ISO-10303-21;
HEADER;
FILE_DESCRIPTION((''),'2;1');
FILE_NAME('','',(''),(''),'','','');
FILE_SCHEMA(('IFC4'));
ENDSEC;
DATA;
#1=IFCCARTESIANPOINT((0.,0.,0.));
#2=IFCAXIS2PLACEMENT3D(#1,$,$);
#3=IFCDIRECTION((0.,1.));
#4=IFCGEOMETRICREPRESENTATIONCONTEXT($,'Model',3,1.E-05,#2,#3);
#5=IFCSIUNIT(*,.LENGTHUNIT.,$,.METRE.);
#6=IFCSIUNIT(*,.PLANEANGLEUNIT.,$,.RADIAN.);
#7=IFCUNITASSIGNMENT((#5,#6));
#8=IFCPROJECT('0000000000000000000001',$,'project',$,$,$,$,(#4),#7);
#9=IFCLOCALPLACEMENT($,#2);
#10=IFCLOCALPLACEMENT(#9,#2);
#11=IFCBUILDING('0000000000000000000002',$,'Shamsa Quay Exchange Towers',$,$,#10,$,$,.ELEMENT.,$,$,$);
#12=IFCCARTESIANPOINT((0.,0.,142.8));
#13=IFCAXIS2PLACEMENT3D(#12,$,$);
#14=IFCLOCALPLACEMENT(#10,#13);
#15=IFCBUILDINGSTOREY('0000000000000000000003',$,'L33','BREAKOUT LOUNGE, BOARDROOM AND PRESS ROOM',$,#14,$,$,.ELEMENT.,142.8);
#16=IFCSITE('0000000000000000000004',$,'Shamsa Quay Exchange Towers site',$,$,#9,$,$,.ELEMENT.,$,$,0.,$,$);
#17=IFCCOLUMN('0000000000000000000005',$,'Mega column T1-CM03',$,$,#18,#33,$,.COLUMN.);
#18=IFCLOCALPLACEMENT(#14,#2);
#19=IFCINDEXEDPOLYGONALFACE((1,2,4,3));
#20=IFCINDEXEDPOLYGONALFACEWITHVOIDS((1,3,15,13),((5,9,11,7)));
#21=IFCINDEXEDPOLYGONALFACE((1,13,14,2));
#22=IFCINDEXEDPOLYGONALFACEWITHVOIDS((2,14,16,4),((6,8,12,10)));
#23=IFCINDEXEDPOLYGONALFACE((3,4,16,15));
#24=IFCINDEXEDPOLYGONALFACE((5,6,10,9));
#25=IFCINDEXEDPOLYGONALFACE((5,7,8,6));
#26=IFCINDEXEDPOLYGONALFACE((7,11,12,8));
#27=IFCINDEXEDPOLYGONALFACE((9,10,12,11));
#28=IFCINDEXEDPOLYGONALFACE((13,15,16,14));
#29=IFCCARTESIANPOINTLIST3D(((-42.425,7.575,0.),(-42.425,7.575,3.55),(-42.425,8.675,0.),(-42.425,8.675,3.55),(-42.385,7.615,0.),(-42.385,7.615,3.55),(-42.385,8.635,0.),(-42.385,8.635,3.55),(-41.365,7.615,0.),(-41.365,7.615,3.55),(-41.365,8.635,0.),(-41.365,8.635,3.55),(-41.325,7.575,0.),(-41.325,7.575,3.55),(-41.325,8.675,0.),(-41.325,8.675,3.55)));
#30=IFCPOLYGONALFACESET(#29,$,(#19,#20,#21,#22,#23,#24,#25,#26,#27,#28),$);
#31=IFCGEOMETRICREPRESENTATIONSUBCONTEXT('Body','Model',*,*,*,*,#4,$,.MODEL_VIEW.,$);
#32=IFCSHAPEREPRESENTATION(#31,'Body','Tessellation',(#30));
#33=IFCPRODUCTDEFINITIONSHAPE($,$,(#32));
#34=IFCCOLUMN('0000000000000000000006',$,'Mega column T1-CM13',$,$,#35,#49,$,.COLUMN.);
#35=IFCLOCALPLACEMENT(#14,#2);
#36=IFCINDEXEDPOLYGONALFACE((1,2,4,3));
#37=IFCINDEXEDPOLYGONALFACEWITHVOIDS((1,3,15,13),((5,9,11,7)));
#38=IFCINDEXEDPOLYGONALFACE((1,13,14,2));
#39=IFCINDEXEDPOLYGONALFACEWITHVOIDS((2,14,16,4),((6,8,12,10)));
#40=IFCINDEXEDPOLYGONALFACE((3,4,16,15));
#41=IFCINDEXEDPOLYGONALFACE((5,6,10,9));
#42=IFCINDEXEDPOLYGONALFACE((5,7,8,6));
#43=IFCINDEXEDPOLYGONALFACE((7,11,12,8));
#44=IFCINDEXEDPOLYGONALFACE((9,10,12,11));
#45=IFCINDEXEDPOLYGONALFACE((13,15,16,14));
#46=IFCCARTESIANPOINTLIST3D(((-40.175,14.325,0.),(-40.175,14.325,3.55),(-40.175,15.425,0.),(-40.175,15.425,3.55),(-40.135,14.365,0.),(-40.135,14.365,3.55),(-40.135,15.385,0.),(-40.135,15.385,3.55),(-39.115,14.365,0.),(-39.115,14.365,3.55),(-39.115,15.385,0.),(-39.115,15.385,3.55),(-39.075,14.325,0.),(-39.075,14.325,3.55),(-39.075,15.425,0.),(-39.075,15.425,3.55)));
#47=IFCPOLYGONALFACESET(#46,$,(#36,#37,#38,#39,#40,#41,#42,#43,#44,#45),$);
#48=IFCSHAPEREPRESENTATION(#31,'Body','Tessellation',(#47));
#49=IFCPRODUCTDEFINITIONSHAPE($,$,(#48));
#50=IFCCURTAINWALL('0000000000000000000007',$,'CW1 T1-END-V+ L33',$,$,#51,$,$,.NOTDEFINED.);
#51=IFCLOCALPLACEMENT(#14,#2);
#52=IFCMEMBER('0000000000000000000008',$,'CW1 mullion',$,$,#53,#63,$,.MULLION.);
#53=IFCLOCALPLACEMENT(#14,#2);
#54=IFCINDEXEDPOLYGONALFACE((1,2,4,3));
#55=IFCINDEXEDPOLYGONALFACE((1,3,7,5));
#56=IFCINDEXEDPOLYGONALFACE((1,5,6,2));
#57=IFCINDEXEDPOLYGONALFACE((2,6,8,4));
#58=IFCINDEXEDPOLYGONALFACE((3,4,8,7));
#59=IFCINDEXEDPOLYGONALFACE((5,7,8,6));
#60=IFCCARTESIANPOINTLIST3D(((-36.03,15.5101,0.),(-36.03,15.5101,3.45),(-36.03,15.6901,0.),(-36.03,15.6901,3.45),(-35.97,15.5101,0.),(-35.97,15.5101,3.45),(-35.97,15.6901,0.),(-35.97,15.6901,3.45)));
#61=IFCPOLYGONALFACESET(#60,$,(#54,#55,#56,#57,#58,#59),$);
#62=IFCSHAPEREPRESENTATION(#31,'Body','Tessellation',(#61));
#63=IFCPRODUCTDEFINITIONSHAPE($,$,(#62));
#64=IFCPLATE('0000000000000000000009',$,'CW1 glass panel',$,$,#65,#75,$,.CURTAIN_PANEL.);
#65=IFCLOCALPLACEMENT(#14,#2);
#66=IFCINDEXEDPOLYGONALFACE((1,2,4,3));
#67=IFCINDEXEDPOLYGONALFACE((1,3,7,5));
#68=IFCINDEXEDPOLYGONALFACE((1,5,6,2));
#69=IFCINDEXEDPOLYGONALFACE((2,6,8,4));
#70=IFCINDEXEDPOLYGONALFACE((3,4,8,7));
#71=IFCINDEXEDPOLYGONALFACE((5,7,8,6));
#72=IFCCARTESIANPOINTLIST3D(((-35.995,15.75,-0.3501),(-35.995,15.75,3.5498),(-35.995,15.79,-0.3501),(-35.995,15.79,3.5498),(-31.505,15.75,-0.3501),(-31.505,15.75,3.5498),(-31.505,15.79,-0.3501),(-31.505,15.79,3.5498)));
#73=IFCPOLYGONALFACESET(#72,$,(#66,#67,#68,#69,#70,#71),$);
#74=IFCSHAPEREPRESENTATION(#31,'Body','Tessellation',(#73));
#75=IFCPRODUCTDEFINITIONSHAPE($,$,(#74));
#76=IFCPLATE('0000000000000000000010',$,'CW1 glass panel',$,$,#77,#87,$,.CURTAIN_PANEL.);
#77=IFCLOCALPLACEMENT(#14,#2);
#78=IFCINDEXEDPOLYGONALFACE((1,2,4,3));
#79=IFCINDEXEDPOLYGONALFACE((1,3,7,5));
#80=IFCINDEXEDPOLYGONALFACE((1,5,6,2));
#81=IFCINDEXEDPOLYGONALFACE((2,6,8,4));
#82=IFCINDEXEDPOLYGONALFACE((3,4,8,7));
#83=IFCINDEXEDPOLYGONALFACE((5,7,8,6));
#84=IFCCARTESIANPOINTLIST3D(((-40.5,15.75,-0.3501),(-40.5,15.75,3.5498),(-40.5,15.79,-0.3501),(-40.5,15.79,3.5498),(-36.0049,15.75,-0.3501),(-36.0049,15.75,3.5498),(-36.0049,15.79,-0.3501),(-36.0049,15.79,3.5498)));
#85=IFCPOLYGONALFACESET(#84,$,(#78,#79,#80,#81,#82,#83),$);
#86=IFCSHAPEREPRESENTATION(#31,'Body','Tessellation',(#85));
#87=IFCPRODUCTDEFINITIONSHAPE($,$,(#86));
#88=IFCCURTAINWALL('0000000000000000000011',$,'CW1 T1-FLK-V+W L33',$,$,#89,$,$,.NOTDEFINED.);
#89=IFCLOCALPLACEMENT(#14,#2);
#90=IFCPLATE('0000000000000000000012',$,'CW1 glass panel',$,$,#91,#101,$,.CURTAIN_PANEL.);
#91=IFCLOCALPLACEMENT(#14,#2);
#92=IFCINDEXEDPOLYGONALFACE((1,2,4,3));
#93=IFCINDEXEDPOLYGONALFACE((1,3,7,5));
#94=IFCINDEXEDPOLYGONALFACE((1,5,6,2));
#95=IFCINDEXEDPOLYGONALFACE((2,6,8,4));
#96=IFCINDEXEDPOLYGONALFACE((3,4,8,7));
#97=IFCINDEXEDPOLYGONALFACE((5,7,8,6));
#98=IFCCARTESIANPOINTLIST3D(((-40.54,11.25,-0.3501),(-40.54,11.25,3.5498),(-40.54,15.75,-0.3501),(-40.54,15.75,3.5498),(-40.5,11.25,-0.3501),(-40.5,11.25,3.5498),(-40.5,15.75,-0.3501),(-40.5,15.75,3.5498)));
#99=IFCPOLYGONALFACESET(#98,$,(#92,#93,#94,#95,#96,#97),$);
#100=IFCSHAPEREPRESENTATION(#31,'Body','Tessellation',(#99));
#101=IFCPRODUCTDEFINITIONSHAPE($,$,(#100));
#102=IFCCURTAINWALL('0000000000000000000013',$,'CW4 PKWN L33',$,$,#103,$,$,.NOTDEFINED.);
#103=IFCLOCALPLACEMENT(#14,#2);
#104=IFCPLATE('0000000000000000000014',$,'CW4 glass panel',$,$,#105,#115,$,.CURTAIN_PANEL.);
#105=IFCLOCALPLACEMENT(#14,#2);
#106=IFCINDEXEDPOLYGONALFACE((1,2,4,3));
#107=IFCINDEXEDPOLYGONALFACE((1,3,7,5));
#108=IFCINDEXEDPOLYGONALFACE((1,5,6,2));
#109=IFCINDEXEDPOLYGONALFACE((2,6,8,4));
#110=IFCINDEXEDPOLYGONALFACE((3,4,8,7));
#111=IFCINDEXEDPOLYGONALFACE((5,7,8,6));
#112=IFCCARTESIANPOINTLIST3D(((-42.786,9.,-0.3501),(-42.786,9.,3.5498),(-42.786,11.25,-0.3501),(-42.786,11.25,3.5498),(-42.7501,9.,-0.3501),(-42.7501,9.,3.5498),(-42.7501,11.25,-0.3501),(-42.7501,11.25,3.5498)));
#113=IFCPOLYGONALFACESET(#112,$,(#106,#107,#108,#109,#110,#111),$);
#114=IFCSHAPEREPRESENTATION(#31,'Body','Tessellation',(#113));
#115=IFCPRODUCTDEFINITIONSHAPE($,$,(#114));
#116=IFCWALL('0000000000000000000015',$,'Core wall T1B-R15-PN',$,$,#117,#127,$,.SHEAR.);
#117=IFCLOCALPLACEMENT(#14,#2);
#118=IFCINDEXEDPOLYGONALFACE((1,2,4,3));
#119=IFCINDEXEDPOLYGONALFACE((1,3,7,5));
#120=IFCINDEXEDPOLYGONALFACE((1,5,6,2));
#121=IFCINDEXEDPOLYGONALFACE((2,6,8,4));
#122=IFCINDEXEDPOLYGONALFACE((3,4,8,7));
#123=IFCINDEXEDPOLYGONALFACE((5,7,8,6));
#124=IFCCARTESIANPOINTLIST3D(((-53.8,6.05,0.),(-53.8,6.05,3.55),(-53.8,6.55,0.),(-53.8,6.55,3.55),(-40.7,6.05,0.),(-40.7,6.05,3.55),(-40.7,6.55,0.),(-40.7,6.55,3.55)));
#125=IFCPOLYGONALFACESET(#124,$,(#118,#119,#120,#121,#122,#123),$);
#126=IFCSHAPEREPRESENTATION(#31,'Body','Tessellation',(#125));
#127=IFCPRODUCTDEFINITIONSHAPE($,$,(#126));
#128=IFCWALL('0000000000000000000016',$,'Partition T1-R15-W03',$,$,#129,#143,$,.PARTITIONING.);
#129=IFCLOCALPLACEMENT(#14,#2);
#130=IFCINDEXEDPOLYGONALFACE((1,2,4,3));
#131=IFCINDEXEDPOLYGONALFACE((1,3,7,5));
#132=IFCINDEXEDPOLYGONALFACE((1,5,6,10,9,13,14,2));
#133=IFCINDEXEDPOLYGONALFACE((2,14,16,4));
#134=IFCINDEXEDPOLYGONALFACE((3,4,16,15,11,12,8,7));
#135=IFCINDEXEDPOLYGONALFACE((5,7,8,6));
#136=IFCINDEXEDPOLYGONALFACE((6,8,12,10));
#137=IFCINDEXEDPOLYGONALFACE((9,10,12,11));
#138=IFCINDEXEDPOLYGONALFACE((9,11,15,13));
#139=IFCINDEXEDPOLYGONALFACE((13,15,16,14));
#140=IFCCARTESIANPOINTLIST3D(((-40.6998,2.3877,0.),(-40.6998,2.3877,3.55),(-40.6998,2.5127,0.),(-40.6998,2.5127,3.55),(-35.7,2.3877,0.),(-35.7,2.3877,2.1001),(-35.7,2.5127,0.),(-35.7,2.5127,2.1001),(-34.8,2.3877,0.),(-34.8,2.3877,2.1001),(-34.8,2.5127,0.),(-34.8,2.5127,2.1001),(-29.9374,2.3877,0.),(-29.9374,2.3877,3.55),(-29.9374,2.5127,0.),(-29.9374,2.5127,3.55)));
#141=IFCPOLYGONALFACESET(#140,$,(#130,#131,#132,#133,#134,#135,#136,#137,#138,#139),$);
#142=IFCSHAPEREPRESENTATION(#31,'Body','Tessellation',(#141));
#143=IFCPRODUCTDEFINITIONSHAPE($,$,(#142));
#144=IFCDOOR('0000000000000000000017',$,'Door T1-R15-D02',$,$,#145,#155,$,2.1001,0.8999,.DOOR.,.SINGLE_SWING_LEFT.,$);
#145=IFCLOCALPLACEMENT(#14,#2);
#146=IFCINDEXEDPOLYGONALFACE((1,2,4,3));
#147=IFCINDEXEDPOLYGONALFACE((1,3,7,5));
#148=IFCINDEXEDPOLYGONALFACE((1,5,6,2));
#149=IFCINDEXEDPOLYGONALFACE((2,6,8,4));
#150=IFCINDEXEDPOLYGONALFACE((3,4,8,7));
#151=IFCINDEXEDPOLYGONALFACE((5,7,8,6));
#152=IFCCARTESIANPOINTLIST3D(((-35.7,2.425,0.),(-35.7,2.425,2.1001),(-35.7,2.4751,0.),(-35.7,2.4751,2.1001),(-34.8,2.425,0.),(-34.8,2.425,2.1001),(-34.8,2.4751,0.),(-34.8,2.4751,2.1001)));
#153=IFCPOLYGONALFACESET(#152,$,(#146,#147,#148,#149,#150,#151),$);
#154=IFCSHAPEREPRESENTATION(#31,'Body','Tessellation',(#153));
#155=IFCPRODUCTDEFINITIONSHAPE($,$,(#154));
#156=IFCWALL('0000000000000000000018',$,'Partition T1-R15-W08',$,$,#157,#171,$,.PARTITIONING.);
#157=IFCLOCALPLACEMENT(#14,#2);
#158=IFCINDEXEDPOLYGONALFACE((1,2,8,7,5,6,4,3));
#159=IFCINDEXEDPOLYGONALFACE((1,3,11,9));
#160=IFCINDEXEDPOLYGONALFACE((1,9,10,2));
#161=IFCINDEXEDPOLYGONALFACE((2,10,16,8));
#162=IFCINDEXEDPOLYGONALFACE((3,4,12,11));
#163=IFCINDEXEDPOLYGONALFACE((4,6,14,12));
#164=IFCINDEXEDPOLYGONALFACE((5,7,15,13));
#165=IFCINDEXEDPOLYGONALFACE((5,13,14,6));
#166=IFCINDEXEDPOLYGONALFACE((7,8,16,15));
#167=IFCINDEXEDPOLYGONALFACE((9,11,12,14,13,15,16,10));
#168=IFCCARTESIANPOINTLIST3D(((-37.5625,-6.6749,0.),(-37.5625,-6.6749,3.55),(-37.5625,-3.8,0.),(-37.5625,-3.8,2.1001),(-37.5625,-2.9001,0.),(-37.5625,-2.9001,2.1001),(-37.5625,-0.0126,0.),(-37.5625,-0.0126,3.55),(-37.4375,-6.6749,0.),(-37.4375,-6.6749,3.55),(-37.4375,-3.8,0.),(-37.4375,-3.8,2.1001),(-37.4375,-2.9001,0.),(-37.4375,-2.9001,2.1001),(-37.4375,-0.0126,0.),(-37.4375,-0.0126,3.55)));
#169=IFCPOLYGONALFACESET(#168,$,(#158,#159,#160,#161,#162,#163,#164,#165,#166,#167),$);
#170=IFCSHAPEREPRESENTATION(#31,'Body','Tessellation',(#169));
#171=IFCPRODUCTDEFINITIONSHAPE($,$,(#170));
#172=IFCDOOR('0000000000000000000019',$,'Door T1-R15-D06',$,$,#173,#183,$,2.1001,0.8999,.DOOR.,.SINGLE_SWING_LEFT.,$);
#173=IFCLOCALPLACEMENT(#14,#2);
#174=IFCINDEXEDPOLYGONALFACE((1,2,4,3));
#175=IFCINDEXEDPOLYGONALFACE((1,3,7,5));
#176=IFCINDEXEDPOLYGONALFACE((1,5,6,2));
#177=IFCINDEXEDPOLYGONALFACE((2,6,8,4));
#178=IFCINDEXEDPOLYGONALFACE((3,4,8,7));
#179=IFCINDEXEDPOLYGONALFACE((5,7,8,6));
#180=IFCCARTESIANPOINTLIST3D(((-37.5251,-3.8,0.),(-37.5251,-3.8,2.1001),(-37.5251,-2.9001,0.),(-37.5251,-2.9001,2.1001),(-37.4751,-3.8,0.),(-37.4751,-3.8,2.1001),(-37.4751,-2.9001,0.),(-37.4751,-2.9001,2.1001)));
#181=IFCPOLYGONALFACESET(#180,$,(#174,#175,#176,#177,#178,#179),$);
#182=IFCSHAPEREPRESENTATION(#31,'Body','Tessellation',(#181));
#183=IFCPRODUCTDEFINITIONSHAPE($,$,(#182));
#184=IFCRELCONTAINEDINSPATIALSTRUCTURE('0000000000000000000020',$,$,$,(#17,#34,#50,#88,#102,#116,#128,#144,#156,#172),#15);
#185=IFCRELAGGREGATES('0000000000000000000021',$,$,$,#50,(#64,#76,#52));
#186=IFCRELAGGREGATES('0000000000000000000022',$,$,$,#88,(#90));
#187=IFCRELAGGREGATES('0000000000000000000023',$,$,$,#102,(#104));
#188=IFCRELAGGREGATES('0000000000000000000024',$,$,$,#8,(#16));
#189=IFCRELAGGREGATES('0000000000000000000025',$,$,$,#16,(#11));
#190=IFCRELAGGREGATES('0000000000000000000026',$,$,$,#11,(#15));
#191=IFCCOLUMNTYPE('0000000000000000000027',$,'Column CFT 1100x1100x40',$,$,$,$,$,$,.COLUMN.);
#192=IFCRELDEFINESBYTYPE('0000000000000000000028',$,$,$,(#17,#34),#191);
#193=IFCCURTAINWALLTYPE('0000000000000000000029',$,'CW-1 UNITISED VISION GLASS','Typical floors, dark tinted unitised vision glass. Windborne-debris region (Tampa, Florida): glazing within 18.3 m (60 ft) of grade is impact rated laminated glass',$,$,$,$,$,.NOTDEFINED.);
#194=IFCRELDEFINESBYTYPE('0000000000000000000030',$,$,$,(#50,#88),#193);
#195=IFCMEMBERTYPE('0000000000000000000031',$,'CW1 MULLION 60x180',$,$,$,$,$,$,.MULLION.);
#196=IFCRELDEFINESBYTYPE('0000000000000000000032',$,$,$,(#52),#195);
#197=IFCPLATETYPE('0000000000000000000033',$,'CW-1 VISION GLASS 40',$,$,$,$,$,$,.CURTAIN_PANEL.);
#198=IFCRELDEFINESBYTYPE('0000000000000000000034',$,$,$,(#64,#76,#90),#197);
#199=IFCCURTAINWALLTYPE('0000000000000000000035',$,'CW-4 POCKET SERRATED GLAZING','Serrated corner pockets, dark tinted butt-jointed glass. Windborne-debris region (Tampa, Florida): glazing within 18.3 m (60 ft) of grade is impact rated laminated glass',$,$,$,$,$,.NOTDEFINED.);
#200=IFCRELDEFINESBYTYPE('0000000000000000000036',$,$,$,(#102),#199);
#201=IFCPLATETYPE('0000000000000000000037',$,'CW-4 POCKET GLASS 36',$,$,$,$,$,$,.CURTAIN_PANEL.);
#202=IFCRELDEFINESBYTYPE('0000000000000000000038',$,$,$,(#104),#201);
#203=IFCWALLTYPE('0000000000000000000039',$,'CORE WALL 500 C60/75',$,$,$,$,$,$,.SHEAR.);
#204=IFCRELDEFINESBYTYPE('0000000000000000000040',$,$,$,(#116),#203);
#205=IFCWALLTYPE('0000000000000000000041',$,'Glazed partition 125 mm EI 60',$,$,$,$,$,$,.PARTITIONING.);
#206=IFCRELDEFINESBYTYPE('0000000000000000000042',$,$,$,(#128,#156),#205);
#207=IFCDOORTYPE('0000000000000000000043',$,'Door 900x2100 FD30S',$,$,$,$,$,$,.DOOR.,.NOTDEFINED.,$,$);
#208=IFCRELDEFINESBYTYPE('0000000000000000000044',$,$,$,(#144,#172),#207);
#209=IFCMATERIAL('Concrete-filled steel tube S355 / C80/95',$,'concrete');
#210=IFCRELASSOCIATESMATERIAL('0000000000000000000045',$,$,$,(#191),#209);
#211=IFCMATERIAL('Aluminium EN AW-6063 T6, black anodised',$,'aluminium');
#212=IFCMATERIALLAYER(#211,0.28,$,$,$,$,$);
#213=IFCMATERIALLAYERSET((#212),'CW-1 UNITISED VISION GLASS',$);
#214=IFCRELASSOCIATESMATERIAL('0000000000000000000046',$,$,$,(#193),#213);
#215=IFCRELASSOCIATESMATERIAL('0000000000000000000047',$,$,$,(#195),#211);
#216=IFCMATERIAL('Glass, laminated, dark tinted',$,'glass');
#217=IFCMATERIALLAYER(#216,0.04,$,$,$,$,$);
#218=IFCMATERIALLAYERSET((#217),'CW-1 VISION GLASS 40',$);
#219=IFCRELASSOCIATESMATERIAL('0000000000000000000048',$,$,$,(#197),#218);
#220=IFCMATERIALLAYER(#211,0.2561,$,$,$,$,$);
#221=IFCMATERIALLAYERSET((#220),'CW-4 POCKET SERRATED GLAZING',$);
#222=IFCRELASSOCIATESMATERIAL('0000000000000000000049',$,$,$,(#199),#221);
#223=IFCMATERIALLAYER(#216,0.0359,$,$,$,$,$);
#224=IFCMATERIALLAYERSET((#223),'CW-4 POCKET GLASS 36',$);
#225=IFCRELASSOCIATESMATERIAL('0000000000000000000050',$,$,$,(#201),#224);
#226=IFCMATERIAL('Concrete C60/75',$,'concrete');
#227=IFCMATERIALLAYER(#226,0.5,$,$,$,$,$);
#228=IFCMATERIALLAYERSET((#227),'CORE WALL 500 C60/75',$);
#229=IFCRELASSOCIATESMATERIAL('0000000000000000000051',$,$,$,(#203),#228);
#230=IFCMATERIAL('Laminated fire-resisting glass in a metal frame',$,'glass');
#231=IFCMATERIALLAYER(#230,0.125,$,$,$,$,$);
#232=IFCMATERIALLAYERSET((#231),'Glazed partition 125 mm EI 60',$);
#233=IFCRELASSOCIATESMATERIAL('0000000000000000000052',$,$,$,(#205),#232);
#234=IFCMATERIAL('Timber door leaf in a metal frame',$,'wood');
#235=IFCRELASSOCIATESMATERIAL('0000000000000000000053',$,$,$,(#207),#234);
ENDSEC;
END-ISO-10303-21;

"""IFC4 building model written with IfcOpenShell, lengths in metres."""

from ifc_helpers import new_model, si_unit, direction, frame, frame_2d, origin, origin_2d, place, context, subcontext, project, spatial, rectangle, hollow_rectangle, extrude, material, layer, layer_set, material_profile, profile_set, type_object, element, fill, aggregate, save


model = new_model("IFC4")

# Units and contexts
model_context = context("Model", 3, precision=1e-05, world=origin(), true_north=direction((0.0, 1.0)))
body_context = subcontext(model_context, "Body", "Model", "MODEL_VIEW")
ifc_project = project(units=[si_unit("LENGTHUNIT", "METRE"), si_unit("PLANEANGLEUNIT", "RADIAN")], contexts=[model_context])

# Site, building, storey
site_placement = place(None, origin())
site = spatial("IfcSite", under=ifc_project, at=site_placement, Name="Shamsa Quay Exchange Towers site", CompositionType="ELEMENT", RefElevation=0.0)
building_placement = place(site_placement, origin())
building = spatial("IfcBuilding", under=site, at=building_placement, Name="Shamsa Quay Exchange Towers", CompositionType="ELEMENT")
storey_placement = place(building_placement, frame((0.0, 0.0, 142.8)))
storey = spatial("IfcBuildingStorey", under=building, at=storey_placement, Name="L33", Description="BREAKOUT LOUNGE, BOARDROOM AND PRESS ROOM", CompositionType="ELEMENT", Elevation=142.8)

# Columns
ifc_material_1 = material(Name="Concrete-filled steel tube S355 / C80/95", Category="concrete")
ifc_material_profile_1 = material_profile(ifc_material_1, hollow_rectangle(XDim=1.1001, YDim=1.1001, WallThickness=0.04, at=origin_2d()), Name="CFT 1100x1100x40")
ifc_profile_set_1 = profile_set([ifc_material_profile_1], Name="Concrete-filled steel tube S355 / C80/95")
column_type = type_object("IfcColumnType", Name="Column CFT 1100x1100x40", PredefinedType="COLUMN", material=ifc_profile_set_1)
for number, where, name in (
    (1, (-41.875, 8.125, 0.0), "Mega column T1-CM03"),
    (2, (-39.625, 14.875, 0.0), "Mega column T1-CM13"),
):
    element("IfcColumn", number, at=place(storey_placement, frame(where)), inside=storey, type_object=column_type, Name=name, PredefinedType="COLUMN", context=body_context, shape_type="SweptSolid", body=[
        extrude(hollow_rectangle(XDim=1.1001, YDim=1.1001, WallThickness=0.04, at=origin_2d()), origin(), (0.0, 0.0, 1.0), 3.55),
    ])

# Curtain wall, member, plates
ifc_material_2 = material(Name="Aluminium EN AW-6063 T6, black anodised", Category="aluminium")
ifc_layer_1 = layer(ifc_material_2, 0.28)
ifc_layer_set_1 = layer_set([ifc_layer_1], Name="CW-1 UNITISED VISION GLASS")
curtain_wall_type_1 = type_object("IfcCurtainWallType", Name="CW-1 UNITISED VISION GLASS", Description="Typical floors, dark tinted unitised vision glass. Windborne-debris region (Tampa, Florida): glazing within 18.3 m (60 ft) of grade is impact rated laminated glass", PredefinedType="NOTDEFINED", material=ifc_layer_set_1)
curtain_wall_1_placement = place(storey_placement, origin())
curtain_wall_1 = element("IfcCurtainWall", 3, at=curtain_wall_1_placement, inside=storey, type_object=curtain_wall_type_1, Name="CW1 T1-END-V+ L33", PredefinedType="NOTDEFINED")
ifc_material_profile_2 = material_profile(ifc_material_2, rectangle(XDim=0.1799, YDim=0.0601, at=origin_2d()), Name="MU60x180")
ifc_profile_set_2 = profile_set([ifc_material_profile_2], Name="Aluminium EN AW-6063 T6, black anodised")
member_type = type_object("IfcMemberType", Name="CW1 MULLION 60x180", PredefinedType="MULLION", material=ifc_profile_set_2)
member_placement = place(storey_placement, frame((-36.0, 15.6001, 0.0), z_axis=(0.0, 0.0, 1.0), x_axis=(0.0, -1.0, 0.0)))
member = element("IfcMember", 4, at=member_placement, type_object=member_type, Name="CW1 mullion", PredefinedType="MULLION", context=body_context, shape_type="SweptSolid", body=[
    extrude(rectangle(XDim=0.1799, YDim=0.0601, at=origin_2d()), origin(), (0.0, 0.0, 1.0), 3.45),
])
ifc_material_3 = material(Name="Glass, laminated, dark tinted", Category="glass")
ifc_layer_2 = layer(ifc_material_3, 0.04)
ifc_layer_set_2 = layer_set([ifc_layer_2], Name="CW-1 VISION GLASS 40")
plate_type_1 = type_object("IfcPlateType", Name="CW-1 VISION GLASS 40", PredefinedType="CURTAIN_PANEL", material=ifc_layer_set_2)
plate_1_placement = place(storey_placement, frame((-33.75, 15.77, -0.3501), z_axis=(0.0, 0.0, 1.0), x_axis=(-1.0, 0.0, 0.0)))
plate_1 = element("IfcPlate", 5, at=plate_1_placement, type_object=plate_type_1, Name="CW1 glass panel", PredefinedType="CURTAIN_PANEL", context=body_context, shape_type="SweptSolid", body=[
    extrude(rectangle(XDim=4.49, YDim=0.04, at=origin_2d()), origin(), (0.0, 0.0, 1.0), 3.8999),
])
plate_2_placement = place(storey_placement, frame((-38.2524, 15.77, -0.3501), z_axis=(0.0, 0.0, 1.0), x_axis=(-1.0, 0.0, 0.0)))
plate_2 = element("IfcPlate", 6, at=plate_2_placement, type_object=plate_type_1, Name="CW1 glass panel", PredefinedType="CURTAIN_PANEL", context=body_context, shape_type="SweptSolid", body=[
    extrude(rectangle(XDim=4.4951, YDim=0.04, at=origin_2d()), origin(), (0.0, 0.0, 1.0), 3.8999),
])
aggregate(curtain_wall_1, [plate_1, plate_2, member])

# Curtain walls, plates
curtain_wall_2_placement = place(storey_placement, origin())
curtain_wall_2 = element("IfcCurtainWall", 7, at=curtain_wall_2_placement, inside=storey, type_object=curtain_wall_type_1, Name="CW1 T1-FLK-V+W L33", PredefinedType="NOTDEFINED")
plate_3_placement = place(storey_placement, frame((-40.52, 13.5, -0.3501), z_axis=(0.0, 0.0, 1.0), x_axis=(0.0, -1.0, 0.0)))
plate_3 = element("IfcPlate", 8, at=plate_3_placement, type_object=plate_type_1, Name="CW1 glass panel", PredefinedType="CURTAIN_PANEL", context=body_context, shape_type="SweptSolid", body=[
    extrude(rectangle(XDim=4.5, YDim=0.04, at=origin_2d()), origin(), (0.0, 0.0, 1.0), 3.8999),
])
aggregate(curtain_wall_2, [plate_3])
ifc_layer_3 = layer(ifc_material_2, 0.2561)
ifc_layer_set_3 = layer_set([ifc_layer_3], Name="CW-4 POCKET SERRATED GLAZING")
curtain_wall_type_2 = type_object("IfcCurtainWallType", Name="CW-4 POCKET SERRATED GLAZING", Description="Serrated corner pockets, dark tinted butt-jointed glass. Windborne-debris region (Tampa, Florida): glazing within 18.3 m (60 ft) of grade is impact rated laminated glass", PredefinedType="NOTDEFINED", material=ifc_layer_set_3)
curtain_wall_3_placement = place(storey_placement, origin())
curtain_wall_3 = element("IfcCurtainWall", 9, at=curtain_wall_3_placement, inside=storey, type_object=curtain_wall_type_2, Name="CW4 PKWN L33", PredefinedType="NOTDEFINED")
ifc_layer_4 = layer(ifc_material_3, 0.0359)
ifc_layer_set_4 = layer_set([ifc_layer_4], Name="CW-4 POCKET GLASS 36")
plate_type_2 = type_object("IfcPlateType", Name="CW-4 POCKET GLASS 36", PredefinedType="CURTAIN_PANEL", material=ifc_layer_set_4)
plate_4_placement = place(storey_placement, frame((-42.7681, 10.125, -0.3501), z_axis=(0.0, 0.0, 1.0), x_axis=(0.0, -1.0, 0.0)))
plate_4 = element("IfcPlate", 10, at=plate_4_placement, type_object=plate_type_2, Name="CW4 glass panel", PredefinedType="CURTAIN_PANEL", context=body_context, shape_type="SweptSolid", body=[
    extrude(rectangle(XDim=2.25, YDim=0.0359, at=origin_2d()), origin(), (0.0, 0.0, 1.0), 3.8999),
])
aggregate(curtain_wall_3, [plate_4])

# Wall
ifc_material_4 = material(Name="Concrete C60/75", Category="concrete")
ifc_layer_5 = layer(ifc_material_4, 0.5)
ifc_layer_set_5 = layer_set([ifc_layer_5], Name="CORE WALL 500 C60/75")
wall_type_1 = type_object("IfcWallType", Name="CORE WALL 500 C60/75", PredefinedType="SHEAR", material=ifc_layer_set_5)
wall_1_placement = place(storey_placement, frame((-40.7, 6.3, 0.0), z_axis=(0.0, 0.0, 1.0), x_axis=(-1.0, 0.0, 0.0)))
element("IfcWall", 11, at=wall_1_placement, inside=storey, type_object=wall_type_1, Name="Core wall T1B-R15-PN", PredefinedType="SHEAR", context=body_context, shape_type="SweptSolid", body=[
    extrude(rectangle(XDim=13.1001, YDim=0.5, at=frame_2d((6.55, 0.0))), origin(), (0.0, 0.0, 1.0), 3.55),
])

# Walls, openings, doors
ifc_material_5 = material(Name="Laminated fire-resisting glass in a metal frame", Category="glass")
ifc_layer_6 = layer(ifc_material_5, 0.125)
ifc_layer_set_6 = layer_set([ifc_layer_6], Name="Glazed partition 125 mm EI 60")
wall_type_2 = type_object("IfcWallType", Name="Glazed partition 125 mm EI 60", PredefinedType="PARTITIONING", material=ifc_layer_set_6)
wall_2_placement = place(storey_placement, frame((-40.7, 2.4502, 0.0)))
wall_2 = element("IfcWall", 12, at=wall_2_placement, inside=storey, type_object=wall_type_2, Name="Partition T1-R15-W03", PredefinedType="PARTITIONING", context=body_context, shape_type="SweptSolid", body=[
    extrude(rectangle(XDim=10.7625, YDim=0.125, at=frame_2d((5.3813, 0.0))), origin(), (0.0, 0.0, 1.0), 3.55),
])
opening_1_placement = place(wall_2_placement, frame((5.0, 0.0, 0.0)))
opening_1 = element("IfcOpeningElement", 13, at=opening_1_placement, cuts=wall_2, PredefinedType="OPENING", context=body_context, shape_type="SweptSolid", body=[
    extrude(rectangle(XDim=0.8999, YDim=2.1001, at=frame_2d((0.45, 1.05))), frame((0.0, 0.0725, 0.0), z_axis=(0.0, -1.0, 0.0), x_axis=(1.0, 0.0, 0.0)), (0.0, 0.0, 1.0), 0.145),
])
ifc_material_6 = material(Name="Timber door leaf in a metal frame", Category="wood")
door_type_1 = type_object("IfcDoorType", Name="Door 900x2100 FD30S", OperationType="NOTDEFINED", PredefinedType="DOOR", material=ifc_material_6)
door_1_placement = place(opening_1_placement, origin())
door_1 = element("IfcDoor", 14, at=door_1_placement, inside=storey, type_object=door_type_1, Name="Door T1-R15-D02", OperationType="SINGLE_SWING_LEFT", OverallHeight=2.1001, OverallWidth=0.8999, PredefinedType="DOOR", context=body_context, shape_type="SweptSolid", body=[
    extrude(rectangle(XDim=0.8999, YDim=2.1001, at=frame_2d((0.45, 1.05))), frame((0.0, 0.0249, 0.0), z_axis=(0.0, -1.0, 0.0), x_axis=(1.0, 0.0, 0.0)), (0.0, 0.0, 1.0), 0.05),
])
fill(opening_1, door_1)
wall_3_placement = place(storey_placement, frame((-37.5, -0.0127, 0.0), z_axis=(0.0, 0.0, 1.0), x_axis=(0.0, -1.0, 0.0)))
wall_3 = element("IfcWall", 15, at=wall_3_placement, inside=storey, type_object=wall_type_2, Name="Partition T1-R15-W08", PredefinedType="PARTITIONING", context=body_context, shape_type="SweptSolid", body=[
    extrude(rectangle(XDim=6.6624, YDim=0.125, at=frame_2d((3.3311, 0.0))), origin(), (0.0, 0.0, 1.0), 3.55),
])
opening_2_placement = place(wall_3_placement, frame((2.8875, 0.0, 0.0)))
opening_2 = element("IfcOpeningElement", 16, at=opening_2_placement, cuts=wall_3, PredefinedType="OPENING", context=body_context, shape_type="SweptSolid", body=[
    extrude(rectangle(XDim=0.8999, YDim=2.1001, at=frame_2d((0.45, 1.05))), frame((0.0, 0.0725, 0.0), z_axis=(0.0, -1.0, 0.0), x_axis=(1.0, 0.0, 0.0)), (0.0, 0.0, 1.0), 0.145),
])
door_2_placement = place(opening_2_placement, origin())
door_2 = element("IfcDoor", 17, at=door_2_placement, inside=storey, type_object=door_type_1, Name="Door T1-R15-D06", OperationType="SINGLE_SWING_LEFT", OverallHeight=2.1001, OverallWidth=0.8999, PredefinedType="DOOR", context=body_context, shape_type="SweptSolid", body=[
    extrude(rectangle(XDim=0.8999, YDim=2.1001, at=frame_2d((0.45, 1.05))), frame((0.0, 0.0249, 0.0), z_axis=(0.0, -1.0, 0.0), x_axis=(1.0, 0.0, 0.0)), (0.0, 0.0, 1.0), 0.05),
])
fill(opening_2, door_2)

save(model, "model.ifc")
